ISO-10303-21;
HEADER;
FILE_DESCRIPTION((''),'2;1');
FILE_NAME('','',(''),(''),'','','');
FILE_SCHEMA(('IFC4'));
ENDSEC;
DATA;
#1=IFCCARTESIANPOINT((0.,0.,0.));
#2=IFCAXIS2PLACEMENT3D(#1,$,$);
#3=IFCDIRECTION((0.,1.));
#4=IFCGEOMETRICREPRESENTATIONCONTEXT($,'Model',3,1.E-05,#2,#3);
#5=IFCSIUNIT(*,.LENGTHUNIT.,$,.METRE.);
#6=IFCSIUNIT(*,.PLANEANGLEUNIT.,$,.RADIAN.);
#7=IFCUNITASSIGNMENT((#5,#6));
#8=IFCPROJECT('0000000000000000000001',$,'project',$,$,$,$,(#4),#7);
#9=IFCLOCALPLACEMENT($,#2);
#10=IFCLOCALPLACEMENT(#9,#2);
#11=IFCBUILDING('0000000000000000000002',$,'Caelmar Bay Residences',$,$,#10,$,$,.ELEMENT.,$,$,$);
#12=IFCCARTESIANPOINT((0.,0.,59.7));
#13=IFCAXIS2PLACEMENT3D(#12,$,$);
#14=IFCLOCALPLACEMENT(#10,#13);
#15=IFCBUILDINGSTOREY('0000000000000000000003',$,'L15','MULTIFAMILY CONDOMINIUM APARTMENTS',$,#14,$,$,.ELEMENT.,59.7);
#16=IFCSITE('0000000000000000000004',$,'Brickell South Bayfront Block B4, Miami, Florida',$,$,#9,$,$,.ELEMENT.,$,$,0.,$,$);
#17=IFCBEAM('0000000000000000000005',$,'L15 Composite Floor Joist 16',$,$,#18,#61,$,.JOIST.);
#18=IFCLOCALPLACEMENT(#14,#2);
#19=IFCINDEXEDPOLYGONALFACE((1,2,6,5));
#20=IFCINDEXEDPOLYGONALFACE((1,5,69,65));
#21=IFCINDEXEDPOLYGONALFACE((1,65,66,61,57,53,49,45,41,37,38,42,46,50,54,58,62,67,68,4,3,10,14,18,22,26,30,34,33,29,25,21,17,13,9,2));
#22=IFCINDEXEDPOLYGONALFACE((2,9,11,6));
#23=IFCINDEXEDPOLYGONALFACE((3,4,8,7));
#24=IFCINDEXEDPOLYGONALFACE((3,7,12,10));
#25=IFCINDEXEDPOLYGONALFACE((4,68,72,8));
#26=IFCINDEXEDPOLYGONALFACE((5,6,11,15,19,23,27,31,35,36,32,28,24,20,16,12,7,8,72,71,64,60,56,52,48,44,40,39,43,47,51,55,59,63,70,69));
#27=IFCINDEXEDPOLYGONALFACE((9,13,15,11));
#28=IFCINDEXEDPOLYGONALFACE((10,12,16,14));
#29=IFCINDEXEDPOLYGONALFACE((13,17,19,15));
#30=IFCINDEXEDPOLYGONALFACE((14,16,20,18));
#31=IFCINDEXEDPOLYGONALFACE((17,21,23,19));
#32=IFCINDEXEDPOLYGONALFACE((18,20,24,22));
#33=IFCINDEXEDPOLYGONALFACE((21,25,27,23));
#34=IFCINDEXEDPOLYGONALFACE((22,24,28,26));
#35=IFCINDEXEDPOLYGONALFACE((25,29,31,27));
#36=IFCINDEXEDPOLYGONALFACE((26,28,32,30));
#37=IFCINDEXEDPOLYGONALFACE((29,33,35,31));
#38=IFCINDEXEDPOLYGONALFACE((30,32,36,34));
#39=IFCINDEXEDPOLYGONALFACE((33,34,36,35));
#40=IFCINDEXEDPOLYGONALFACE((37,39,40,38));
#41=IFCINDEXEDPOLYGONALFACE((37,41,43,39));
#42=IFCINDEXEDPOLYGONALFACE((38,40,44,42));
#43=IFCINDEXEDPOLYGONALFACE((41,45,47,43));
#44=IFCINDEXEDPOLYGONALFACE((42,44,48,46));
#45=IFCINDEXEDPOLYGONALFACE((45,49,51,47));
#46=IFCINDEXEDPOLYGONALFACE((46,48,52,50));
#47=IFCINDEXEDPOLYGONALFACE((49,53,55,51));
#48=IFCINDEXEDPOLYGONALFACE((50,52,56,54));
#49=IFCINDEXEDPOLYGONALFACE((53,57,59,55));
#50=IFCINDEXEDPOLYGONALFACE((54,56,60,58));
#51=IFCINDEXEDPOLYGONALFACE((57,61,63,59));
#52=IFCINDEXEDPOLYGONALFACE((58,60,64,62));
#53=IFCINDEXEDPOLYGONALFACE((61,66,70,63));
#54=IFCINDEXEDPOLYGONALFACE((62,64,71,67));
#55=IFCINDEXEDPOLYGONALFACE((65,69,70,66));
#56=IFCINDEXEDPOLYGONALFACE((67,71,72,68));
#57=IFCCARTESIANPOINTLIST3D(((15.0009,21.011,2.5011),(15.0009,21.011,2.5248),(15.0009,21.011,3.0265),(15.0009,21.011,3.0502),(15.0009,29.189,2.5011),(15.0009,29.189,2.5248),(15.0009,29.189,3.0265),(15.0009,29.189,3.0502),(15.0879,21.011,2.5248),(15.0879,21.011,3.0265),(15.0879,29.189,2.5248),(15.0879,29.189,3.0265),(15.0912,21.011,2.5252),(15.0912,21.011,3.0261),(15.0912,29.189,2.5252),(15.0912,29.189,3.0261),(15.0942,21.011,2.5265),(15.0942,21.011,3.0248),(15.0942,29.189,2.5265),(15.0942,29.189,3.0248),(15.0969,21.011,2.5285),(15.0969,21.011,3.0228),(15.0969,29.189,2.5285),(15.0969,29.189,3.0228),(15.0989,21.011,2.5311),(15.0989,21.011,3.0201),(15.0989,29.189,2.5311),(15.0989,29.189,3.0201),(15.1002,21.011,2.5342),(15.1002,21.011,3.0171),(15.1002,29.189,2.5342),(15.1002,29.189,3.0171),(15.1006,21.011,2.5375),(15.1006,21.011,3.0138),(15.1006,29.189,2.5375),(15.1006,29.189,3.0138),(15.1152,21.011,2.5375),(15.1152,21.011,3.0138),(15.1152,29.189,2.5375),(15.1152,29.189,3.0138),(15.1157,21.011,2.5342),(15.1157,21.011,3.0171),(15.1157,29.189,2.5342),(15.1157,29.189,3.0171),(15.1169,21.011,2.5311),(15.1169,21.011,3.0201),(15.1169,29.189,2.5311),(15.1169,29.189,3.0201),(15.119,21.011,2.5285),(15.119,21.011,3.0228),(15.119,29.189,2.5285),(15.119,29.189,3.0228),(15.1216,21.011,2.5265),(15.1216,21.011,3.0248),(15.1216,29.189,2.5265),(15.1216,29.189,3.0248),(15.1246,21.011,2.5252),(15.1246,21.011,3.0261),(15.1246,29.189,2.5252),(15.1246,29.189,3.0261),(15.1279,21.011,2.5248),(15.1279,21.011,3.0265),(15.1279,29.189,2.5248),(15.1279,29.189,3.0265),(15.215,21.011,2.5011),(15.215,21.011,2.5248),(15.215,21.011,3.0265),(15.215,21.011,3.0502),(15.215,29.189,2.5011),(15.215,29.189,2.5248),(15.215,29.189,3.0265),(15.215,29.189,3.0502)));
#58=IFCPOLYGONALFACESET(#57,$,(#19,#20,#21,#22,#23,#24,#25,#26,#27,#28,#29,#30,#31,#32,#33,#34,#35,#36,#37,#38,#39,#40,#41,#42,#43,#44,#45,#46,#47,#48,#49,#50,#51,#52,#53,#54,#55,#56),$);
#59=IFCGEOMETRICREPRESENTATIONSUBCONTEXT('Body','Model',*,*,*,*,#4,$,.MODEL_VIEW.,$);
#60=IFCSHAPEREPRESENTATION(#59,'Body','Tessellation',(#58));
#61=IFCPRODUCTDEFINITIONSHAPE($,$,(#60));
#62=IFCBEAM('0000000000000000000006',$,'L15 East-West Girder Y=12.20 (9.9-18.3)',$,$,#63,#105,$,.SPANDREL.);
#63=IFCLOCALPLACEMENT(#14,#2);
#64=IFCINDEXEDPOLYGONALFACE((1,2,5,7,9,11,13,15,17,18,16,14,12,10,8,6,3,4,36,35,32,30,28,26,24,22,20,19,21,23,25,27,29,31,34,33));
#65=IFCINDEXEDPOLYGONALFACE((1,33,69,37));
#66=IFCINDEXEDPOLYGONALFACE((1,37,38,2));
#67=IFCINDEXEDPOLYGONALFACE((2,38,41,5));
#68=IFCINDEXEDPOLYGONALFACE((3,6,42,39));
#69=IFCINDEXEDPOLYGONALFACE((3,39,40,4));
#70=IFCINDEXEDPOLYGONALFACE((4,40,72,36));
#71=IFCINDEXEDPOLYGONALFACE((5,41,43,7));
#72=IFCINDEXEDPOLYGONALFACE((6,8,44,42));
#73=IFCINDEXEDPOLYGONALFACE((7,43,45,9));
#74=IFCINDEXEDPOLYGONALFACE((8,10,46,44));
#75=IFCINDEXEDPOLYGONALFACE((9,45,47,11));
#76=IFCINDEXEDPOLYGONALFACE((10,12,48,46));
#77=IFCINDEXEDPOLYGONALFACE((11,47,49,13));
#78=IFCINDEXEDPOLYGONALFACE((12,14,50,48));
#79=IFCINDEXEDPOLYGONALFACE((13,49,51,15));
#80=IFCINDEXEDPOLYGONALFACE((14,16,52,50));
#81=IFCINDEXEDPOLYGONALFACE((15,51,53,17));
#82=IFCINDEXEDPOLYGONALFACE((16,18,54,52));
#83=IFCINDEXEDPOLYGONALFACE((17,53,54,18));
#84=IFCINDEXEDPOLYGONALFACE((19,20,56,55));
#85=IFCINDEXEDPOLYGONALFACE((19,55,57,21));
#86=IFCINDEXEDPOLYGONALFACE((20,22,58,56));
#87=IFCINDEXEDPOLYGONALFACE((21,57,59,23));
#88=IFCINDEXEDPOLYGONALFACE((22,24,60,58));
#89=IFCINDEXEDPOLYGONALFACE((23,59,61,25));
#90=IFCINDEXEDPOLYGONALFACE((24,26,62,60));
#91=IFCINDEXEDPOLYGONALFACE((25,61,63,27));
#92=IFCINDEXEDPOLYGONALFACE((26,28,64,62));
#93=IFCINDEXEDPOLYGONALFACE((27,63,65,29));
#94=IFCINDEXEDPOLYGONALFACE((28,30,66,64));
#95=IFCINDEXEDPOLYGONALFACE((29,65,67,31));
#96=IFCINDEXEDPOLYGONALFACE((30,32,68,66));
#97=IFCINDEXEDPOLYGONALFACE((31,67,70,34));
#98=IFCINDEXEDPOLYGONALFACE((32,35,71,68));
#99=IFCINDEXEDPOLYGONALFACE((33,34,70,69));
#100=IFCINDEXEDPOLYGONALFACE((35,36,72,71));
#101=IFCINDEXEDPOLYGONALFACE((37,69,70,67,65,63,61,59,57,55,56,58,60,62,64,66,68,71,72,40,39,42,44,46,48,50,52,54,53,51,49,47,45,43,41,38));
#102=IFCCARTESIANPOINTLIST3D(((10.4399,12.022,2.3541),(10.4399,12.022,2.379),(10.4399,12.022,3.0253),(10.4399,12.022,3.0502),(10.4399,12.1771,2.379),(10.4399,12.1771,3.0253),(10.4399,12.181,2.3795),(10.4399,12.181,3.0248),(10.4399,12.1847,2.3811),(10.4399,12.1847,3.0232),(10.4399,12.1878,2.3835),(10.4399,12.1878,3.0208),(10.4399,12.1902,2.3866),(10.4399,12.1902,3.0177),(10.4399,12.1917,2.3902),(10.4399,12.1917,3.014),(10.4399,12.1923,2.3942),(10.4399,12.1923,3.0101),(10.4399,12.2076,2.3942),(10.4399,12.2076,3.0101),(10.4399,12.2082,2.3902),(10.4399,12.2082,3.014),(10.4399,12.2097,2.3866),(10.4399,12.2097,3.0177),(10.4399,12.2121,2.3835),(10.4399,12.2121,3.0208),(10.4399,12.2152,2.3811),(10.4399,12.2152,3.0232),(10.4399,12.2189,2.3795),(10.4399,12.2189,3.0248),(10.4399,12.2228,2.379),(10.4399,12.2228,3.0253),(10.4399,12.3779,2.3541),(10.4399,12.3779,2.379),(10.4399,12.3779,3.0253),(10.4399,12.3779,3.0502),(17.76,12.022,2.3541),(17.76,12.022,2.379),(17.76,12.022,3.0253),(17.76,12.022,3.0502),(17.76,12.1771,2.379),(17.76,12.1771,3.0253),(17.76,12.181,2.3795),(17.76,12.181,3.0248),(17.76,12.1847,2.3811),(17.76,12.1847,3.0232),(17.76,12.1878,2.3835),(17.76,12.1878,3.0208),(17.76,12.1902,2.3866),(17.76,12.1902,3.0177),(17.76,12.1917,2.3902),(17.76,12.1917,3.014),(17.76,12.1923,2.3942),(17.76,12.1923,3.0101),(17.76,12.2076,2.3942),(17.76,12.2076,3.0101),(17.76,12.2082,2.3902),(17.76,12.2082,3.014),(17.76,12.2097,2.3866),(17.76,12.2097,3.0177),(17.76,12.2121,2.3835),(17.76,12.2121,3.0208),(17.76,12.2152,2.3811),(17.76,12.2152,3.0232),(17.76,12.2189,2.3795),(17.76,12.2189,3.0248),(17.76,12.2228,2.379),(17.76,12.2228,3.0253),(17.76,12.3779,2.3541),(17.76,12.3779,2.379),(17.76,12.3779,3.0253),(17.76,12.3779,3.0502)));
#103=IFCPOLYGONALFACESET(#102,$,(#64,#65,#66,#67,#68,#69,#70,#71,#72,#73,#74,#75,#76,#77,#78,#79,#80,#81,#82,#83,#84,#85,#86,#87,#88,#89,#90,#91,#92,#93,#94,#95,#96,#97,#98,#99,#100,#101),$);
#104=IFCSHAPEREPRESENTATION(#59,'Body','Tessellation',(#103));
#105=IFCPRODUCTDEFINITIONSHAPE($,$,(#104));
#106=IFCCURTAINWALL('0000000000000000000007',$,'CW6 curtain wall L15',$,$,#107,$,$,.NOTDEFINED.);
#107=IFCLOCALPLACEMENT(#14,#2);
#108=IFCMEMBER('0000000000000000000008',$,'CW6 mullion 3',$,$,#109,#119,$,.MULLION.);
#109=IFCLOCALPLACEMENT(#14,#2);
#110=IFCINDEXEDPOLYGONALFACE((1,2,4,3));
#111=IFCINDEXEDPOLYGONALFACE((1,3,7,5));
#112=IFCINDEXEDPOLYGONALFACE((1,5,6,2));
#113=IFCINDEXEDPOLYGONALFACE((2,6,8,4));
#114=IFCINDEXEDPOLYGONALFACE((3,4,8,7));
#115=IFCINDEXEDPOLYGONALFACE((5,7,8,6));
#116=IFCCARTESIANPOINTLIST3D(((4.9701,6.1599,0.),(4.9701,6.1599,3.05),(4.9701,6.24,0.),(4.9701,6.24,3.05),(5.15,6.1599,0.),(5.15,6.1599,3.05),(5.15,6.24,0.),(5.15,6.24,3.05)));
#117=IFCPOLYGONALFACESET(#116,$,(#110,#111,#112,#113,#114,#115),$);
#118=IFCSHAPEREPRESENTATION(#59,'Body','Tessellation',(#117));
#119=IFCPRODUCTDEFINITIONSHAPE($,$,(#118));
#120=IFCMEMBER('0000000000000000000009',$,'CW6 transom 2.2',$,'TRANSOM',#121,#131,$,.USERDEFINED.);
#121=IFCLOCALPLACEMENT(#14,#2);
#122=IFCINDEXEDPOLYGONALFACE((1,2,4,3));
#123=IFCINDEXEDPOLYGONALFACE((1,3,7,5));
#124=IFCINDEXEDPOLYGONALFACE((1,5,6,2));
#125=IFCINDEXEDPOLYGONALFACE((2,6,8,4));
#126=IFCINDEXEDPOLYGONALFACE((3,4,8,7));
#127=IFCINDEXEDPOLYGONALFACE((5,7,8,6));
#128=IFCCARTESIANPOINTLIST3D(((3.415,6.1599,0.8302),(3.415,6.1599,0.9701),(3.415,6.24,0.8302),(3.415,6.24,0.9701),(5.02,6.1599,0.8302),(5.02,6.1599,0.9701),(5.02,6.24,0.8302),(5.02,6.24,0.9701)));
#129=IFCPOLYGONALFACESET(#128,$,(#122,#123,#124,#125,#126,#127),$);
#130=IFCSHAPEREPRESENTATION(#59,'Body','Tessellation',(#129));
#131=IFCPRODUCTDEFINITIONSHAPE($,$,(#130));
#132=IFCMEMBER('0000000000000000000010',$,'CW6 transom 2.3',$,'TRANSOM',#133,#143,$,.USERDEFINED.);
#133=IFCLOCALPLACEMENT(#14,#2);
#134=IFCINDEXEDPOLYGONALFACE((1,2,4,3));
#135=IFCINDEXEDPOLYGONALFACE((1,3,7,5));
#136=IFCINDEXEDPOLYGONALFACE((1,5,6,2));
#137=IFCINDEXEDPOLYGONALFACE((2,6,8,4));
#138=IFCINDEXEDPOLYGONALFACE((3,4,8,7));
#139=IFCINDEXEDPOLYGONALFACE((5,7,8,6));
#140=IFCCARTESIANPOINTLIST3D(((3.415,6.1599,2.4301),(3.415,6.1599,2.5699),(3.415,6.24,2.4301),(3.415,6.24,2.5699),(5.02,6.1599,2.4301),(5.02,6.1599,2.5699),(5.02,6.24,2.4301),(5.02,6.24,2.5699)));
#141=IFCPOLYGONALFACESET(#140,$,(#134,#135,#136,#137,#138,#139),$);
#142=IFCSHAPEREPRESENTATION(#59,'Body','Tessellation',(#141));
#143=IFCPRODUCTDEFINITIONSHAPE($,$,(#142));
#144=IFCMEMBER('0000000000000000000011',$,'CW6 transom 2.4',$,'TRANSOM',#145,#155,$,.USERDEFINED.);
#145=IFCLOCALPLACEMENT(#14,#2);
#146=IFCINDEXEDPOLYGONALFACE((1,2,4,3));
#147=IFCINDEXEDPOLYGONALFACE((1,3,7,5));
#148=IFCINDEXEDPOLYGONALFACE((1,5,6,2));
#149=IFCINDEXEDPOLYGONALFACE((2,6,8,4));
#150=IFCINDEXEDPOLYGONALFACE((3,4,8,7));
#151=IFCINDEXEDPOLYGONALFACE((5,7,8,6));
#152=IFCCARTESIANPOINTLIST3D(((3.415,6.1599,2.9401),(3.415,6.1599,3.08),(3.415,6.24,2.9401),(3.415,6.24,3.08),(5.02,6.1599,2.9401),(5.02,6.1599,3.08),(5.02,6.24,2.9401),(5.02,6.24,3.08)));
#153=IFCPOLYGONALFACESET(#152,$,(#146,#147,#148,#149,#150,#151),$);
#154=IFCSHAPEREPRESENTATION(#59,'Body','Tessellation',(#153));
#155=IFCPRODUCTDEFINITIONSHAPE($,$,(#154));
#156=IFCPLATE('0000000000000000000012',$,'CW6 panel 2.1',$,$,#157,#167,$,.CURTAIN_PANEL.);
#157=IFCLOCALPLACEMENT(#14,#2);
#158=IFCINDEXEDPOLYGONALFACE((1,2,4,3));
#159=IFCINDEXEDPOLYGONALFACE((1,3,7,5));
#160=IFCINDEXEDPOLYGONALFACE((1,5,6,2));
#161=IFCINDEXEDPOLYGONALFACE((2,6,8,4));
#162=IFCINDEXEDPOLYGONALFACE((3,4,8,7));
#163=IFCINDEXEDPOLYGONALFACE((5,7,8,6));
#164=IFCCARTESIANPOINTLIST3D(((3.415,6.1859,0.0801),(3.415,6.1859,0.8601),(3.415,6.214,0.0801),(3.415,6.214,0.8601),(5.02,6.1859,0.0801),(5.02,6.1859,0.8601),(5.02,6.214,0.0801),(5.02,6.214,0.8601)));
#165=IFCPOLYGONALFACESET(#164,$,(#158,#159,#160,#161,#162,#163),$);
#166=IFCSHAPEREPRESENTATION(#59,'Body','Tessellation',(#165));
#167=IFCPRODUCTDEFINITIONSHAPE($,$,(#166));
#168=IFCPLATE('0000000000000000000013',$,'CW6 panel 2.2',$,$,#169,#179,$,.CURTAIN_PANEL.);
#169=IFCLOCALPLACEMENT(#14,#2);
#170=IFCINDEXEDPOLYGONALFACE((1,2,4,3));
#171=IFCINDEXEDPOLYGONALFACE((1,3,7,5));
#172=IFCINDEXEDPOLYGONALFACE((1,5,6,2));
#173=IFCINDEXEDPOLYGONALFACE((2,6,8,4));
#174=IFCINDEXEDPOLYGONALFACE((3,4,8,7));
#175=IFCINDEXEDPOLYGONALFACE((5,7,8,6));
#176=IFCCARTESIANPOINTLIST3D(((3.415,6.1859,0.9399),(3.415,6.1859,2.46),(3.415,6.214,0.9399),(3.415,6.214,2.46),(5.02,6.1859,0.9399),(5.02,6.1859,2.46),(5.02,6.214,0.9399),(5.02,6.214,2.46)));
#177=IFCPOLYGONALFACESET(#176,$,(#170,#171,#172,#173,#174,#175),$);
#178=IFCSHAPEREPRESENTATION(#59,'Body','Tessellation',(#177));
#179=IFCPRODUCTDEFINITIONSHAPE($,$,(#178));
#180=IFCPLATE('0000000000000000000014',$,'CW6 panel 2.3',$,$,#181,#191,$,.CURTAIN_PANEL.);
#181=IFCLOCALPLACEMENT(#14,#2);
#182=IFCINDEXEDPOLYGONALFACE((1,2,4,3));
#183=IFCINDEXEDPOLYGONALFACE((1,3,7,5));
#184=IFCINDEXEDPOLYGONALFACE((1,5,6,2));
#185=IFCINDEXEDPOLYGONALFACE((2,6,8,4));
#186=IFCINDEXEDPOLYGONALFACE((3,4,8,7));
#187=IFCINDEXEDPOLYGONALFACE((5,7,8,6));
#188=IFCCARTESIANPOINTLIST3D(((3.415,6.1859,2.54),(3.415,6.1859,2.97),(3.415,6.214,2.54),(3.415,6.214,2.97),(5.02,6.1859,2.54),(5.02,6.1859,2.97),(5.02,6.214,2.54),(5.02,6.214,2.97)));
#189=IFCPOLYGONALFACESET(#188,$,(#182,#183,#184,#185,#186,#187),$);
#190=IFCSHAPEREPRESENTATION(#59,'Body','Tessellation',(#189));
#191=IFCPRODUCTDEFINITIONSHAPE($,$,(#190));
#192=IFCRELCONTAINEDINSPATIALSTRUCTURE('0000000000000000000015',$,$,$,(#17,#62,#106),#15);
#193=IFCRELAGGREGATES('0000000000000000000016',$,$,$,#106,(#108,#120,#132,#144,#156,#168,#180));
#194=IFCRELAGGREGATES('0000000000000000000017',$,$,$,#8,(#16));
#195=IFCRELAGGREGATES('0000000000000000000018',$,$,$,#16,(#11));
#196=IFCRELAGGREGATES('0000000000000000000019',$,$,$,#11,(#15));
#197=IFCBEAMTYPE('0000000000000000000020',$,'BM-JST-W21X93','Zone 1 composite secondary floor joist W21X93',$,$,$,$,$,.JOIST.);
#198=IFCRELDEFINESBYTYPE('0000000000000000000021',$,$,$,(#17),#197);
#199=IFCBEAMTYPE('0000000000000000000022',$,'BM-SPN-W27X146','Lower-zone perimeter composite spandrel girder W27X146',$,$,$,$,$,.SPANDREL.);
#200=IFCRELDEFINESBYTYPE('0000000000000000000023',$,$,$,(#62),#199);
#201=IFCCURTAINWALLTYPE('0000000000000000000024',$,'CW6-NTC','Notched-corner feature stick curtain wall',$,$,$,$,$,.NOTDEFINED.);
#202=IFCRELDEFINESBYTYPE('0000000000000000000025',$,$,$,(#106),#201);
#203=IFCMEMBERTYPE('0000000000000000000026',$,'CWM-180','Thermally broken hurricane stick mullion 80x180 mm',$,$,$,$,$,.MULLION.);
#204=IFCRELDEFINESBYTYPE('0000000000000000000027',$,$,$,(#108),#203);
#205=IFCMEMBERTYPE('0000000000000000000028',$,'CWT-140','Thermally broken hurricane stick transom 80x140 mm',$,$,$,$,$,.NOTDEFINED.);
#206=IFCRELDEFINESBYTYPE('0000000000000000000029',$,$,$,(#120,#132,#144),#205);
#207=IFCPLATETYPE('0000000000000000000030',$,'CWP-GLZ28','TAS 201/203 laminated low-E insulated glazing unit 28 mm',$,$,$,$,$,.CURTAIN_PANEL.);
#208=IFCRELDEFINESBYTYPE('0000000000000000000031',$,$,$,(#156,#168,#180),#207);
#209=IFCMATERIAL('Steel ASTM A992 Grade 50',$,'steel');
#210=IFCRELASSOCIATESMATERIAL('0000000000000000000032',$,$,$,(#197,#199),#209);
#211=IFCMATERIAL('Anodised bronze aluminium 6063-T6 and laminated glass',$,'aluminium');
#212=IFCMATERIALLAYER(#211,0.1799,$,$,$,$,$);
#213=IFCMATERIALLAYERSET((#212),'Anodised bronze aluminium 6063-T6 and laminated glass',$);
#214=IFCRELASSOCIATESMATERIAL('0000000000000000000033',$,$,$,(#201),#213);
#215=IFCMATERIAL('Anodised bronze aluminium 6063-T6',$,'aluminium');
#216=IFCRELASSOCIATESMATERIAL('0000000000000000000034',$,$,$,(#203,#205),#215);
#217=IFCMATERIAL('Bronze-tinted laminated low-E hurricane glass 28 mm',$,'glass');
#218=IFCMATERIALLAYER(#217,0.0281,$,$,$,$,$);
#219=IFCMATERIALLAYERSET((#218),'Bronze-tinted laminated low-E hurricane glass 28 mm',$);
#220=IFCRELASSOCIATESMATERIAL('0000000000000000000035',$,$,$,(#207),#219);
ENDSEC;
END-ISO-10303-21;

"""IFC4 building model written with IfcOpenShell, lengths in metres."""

from ifc_helpers import new_model, si_unit, direction, frame, origin, origin_2d, place, context, subcontext, project, spatial, rectangle, i_section, extrude, material, layer, layer_set, material_profile, profile_set, type_object, element, aggregate, save


model = new_model("IFC4")

# Units and contexts
model_context = context("Model", 3, precision=1e-05, world=origin(), true_north=direction((0.0, 1.0)))
body_context = subcontext(model_context, "Body", "Model", "MODEL_VIEW")
ifc_project = project(units=[si_unit("LENGTHUNIT", "METRE"), si_unit("PLANEANGLEUNIT", "RADIAN")], contexts=[model_context])

# Site, building, storey
site_placement = place(None, origin())
site = spatial("IfcSite", under=ifc_project, at=site_placement, Name="Brickell South Bayfront Block B4, Miami, Florida", CompositionType="ELEMENT", RefElevation=0.0)
building_placement = place(site_placement, origin())
building = spatial("IfcBuilding", under=site, at=building_placement, Name="Caelmar Bay Residences", CompositionType="ELEMENT")
storey_placement = place(building_placement, frame((0.0, 0.0, 59.7)))
storey = spatial("IfcBuildingStorey", under=building, at=storey_placement, Name="L15", Description="MULTIFAMILY CONDOMINIUM APARTMENTS", CompositionType="ELEMENT", Elevation=59.7)

# Beams
ifc_material_1 = material(Name="Steel ASTM A992 Grade 50", Category="steel")
ifc_material_profile_1 = material_profile(ifc_material_1, i_section(OverallWidth=0.2141, OverallDepth=0.5491, WebThickness=0.0146, FlangeThickness=0.0237, FilletRadius=0.0127, at=origin_2d()), Name="W21X93")
ifc_profile_set_1 = profile_set([ifc_material_profile_1], Name="Steel ASTM A992 Grade 50")
beam_type_1 = type_object("IfcBeamType", Name="BM-JST-W21X93", Description="Zone 1 composite secondary floor joist W21X93", PredefinedType="JOIST", material=ifc_profile_set_1)
beam_1_placement = place(storey_placement, frame((15.1079, 21.011, 2.7756), z_axis=(0.0, 1.0, 0.0), x_axis=(-1.0, 0.0, 0.0)))
element("IfcBeam", 1, at=beam_1_placement, inside=storey, type_object=beam_type_1, Name="L15 Composite Floor Joist 16", PredefinedType="JOIST", context=body_context, shape_type="SweptSolid", body=[
    extrude(i_section(OverallWidth=0.2141, OverallDepth=0.5491, WebThickness=0.0146, FlangeThickness=0.0237, FilletRadius=0.0127, at=origin_2d()), origin(), (0.0, 0.0, 1.0), 8.178),
])
ifc_material_profile_2 = material_profile(ifc_material_1, i_section(OverallWidth=0.356, OverallDepth=0.696, WebThickness=0.0154, FlangeThickness=0.0249, FilletRadius=0.0151, at=origin_2d()), Name="W27X146")
ifc_profile_set_2 = profile_set([ifc_material_profile_2], Name="Steel ASTM A992 Grade 50")
beam_type_2 = type_object("IfcBeamType", Name="BM-SPN-W27X146", Description="Lower-zone perimeter composite spandrel girder W27X146", PredefinedType="SPANDREL", material=ifc_profile_set_2)
beam_2_placement = place(storey_placement, frame((10.4399, 12.2, 2.7021), z_axis=(1.0, 0.0, 0.0), x_axis=(0.0, 1.0, 0.0)))
element("IfcBeam", 2, at=beam_2_placement, inside=storey, type_object=beam_type_2, Name="L15 East-West Girder Y=12.20 (9.9-18.3)", PredefinedType="SPANDREL", context=body_context, shape_type="SweptSolid", body=[
    extrude(i_section(OverallWidth=0.356, OverallDepth=0.696, WebThickness=0.0154, FlangeThickness=0.0249, FilletRadius=0.0151, at=origin_2d()), origin(), (0.0, 0.0, 1.0), 7.3201),
])

# Curtain wall, members, plates
ifc_material_2 = material(Name="Anodised bronze aluminium 6063-T6 and laminated glass", Category="aluminium")
ifc_layer_1 = layer(ifc_material_2, 0.1799)
ifc_layer_set_1 = layer_set([ifc_layer_1], Name="Anodised bronze aluminium 6063-T6 and laminated glass")
curtain_wall_type = type_object("IfcCurtainWallType", Name="CW6-NTC", Description="Notched-corner feature stick curtain wall", PredefinedType="NOTDEFINED", material=ifc_layer_set_1)
curtain_wall_placement = place(storey_placement, origin())
curtain_wall = element("IfcCurtainWall", 3, at=curtain_wall_placement, inside=storey, type_object=curtain_wall_type, Name="CW6 curtain wall L15", PredefinedType="NOTDEFINED")
ifc_material_3 = material(Name="Anodised bronze aluminium 6063-T6", Category="aluminium")
ifc_material_profile_3 = material_profile(ifc_material_3, rectangle(XDim=0.0801, YDim=0.1799, at=origin_2d()), Name="CWM-80X180")
ifc_profile_set_3 = profile_set([ifc_material_profile_3], Name="Anodised bronze aluminium 6063-T6")
member_type_1 = type_object("IfcMemberType", Name="CWM-180", Description="Thermally broken hurricane stick mullion 80x180 mm", PredefinedType="MULLION", material=ifc_profile_set_3)
member_1_placement = place(storey_placement, frame((5.0601, 6.2, 0.0), z_axis=(0.0, 0.0, 1.0), x_axis=(0.0, 1.0, 0.0)))
member_1 = element("IfcMember", 4, at=member_1_placement, type_object=member_type_1, Name="CW6 mullion 3", PredefinedType="MULLION", context=body_context, shape_type="SweptSolid", body=[
    extrude(rectangle(XDim=0.0801, YDim=0.1799, at=origin_2d()), origin(), (0.0, 0.0, 1.0), 3.05),
])
ifc_material_profile_4 = material_profile(ifc_material_3, rectangle(XDim=0.0801, YDim=0.1399, at=origin_2d()), Name="CWT-80X140")
ifc_profile_set_4 = profile_set([ifc_material_profile_4], Name="Anodised bronze aluminium 6063-T6")
member_type_2 = type_object("IfcMemberType", Name="CWT-140", Description="Thermally broken hurricane stick transom 80x140 mm", PredefinedType="NOTDEFINED", material=ifc_profile_set_4)
member_2_placement = place(storey_placement, frame((3.415, 6.2, 0.9001), z_axis=(1.0, 0.0, 0.0), x_axis=(0.0, 1.0, 0.0)))
member_2 = element("IfcMember", 5, at=member_2_placement, type_object=member_type_2, Name="CW6 transom 2.2", ObjectType="TRANSOM", PredefinedType="USERDEFINED", context=body_context, shape_type="SweptSolid", body=[
    extrude(rectangle(XDim=0.0801, YDim=0.1399, at=origin_2d()), origin(), (0.0, 0.0, 1.0), 1.605),
])
member_3_placement = place(storey_placement, frame((3.415, 6.2, 2.5), z_axis=(1.0, 0.0, 0.0), x_axis=(0.0, 1.0, 0.0)))
member_3 = element("IfcMember", 6, at=member_3_placement, type_object=member_type_2, Name="CW6 transom 2.3", ObjectType="TRANSOM", PredefinedType="USERDEFINED", context=body_context, shape_type="SweptSolid", body=[
    extrude(rectangle(XDim=0.0801, YDim=0.1399, at=origin_2d()), origin(), (0.0, 0.0, 1.0), 1.605),
])
member_4_placement = place(storey_placement, frame((3.415, 6.2, 3.01), z_axis=(1.0, 0.0, 0.0), x_axis=(0.0, 1.0, 0.0)))
member_4 = element("IfcMember", 7, at=member_4_placement, type_object=member_type_2, Name="CW6 transom 2.4", ObjectType="TRANSOM", PredefinedType="USERDEFINED", context=body_context, shape_type="SweptSolid", body=[
    extrude(rectangle(XDim=0.0801, YDim=0.1399, at=origin_2d()), origin(), (0.0, 0.0, 1.0), 1.605),
])
ifc_material_4 = material(Name="Bronze-tinted laminated low-E hurricane glass 28 mm", Category="glass")
ifc_layer_2 = layer(ifc_material_4, 0.0281)
ifc_layer_set_2 = layer_set([ifc_layer_2], Name="Bronze-tinted laminated low-E hurricane glass 28 mm")
plate_type = type_object("IfcPlateType", Name="CWP-GLZ28", Description="TAS 201/203 laminated low-E insulated glazing unit 28 mm", PredefinedType="CURTAIN_PANEL", material=ifc_layer_set_2)
plate_1_placement = place(storey_placement, frame((4.2175, 6.2, 0.0801), z_axis=(0.0, 0.0, 1.0), x_axis=(1.0, 0.0, 0.0)))
plate_1 = element("IfcPlate", 8, at=plate_1_placement, type_object=plate_type, Name="CW6 panel 2.1", PredefinedType="CURTAIN_PANEL", context=body_context, shape_type="SweptSolid", body=[
    extrude(rectangle(XDim=1.605, YDim=0.0281, at=origin_2d()), origin(), (0.0, 0.0, 1.0), 0.78),
])
plate_2_placement = place(storey_placement, frame((4.2175, 6.2, 0.9399), z_axis=(0.0, 0.0, 1.0), x_axis=(1.0, 0.0, 0.0)))
plate_2 = element("IfcPlate", 9, at=plate_2_placement, type_object=plate_type, Name="CW6 panel 2.2", PredefinedType="CURTAIN_PANEL", context=body_context, shape_type="SweptSolid", body=[
    extrude(rectangle(XDim=1.605, YDim=0.0281, at=origin_2d()), origin(), (0.0, 0.0, 1.0), 1.52),
])
plate_3_placement = place(storey_placement, frame((4.2175, 6.2, 2.54), z_axis=(0.0, 0.0, 1.0), x_axis=(1.0, 0.0, 0.0)))
plate_3 = element("IfcPlate", 10, at=plate_3_placement, type_object=plate_type, Name="CW6 panel 2.3", PredefinedType="CURTAIN_PANEL", context=body_context, shape_type="SweptSolid", body=[
    extrude(rectangle(XDim=1.605, YDim=0.0281, at=origin_2d()), origin(), (0.0, 0.0, 1.0), 0.4299),
])
aggregate(curtain_wall, [member_1, member_2, member_3, member_4, plate_1, plate_2, plate_3])

save(model, "model.ifc")
